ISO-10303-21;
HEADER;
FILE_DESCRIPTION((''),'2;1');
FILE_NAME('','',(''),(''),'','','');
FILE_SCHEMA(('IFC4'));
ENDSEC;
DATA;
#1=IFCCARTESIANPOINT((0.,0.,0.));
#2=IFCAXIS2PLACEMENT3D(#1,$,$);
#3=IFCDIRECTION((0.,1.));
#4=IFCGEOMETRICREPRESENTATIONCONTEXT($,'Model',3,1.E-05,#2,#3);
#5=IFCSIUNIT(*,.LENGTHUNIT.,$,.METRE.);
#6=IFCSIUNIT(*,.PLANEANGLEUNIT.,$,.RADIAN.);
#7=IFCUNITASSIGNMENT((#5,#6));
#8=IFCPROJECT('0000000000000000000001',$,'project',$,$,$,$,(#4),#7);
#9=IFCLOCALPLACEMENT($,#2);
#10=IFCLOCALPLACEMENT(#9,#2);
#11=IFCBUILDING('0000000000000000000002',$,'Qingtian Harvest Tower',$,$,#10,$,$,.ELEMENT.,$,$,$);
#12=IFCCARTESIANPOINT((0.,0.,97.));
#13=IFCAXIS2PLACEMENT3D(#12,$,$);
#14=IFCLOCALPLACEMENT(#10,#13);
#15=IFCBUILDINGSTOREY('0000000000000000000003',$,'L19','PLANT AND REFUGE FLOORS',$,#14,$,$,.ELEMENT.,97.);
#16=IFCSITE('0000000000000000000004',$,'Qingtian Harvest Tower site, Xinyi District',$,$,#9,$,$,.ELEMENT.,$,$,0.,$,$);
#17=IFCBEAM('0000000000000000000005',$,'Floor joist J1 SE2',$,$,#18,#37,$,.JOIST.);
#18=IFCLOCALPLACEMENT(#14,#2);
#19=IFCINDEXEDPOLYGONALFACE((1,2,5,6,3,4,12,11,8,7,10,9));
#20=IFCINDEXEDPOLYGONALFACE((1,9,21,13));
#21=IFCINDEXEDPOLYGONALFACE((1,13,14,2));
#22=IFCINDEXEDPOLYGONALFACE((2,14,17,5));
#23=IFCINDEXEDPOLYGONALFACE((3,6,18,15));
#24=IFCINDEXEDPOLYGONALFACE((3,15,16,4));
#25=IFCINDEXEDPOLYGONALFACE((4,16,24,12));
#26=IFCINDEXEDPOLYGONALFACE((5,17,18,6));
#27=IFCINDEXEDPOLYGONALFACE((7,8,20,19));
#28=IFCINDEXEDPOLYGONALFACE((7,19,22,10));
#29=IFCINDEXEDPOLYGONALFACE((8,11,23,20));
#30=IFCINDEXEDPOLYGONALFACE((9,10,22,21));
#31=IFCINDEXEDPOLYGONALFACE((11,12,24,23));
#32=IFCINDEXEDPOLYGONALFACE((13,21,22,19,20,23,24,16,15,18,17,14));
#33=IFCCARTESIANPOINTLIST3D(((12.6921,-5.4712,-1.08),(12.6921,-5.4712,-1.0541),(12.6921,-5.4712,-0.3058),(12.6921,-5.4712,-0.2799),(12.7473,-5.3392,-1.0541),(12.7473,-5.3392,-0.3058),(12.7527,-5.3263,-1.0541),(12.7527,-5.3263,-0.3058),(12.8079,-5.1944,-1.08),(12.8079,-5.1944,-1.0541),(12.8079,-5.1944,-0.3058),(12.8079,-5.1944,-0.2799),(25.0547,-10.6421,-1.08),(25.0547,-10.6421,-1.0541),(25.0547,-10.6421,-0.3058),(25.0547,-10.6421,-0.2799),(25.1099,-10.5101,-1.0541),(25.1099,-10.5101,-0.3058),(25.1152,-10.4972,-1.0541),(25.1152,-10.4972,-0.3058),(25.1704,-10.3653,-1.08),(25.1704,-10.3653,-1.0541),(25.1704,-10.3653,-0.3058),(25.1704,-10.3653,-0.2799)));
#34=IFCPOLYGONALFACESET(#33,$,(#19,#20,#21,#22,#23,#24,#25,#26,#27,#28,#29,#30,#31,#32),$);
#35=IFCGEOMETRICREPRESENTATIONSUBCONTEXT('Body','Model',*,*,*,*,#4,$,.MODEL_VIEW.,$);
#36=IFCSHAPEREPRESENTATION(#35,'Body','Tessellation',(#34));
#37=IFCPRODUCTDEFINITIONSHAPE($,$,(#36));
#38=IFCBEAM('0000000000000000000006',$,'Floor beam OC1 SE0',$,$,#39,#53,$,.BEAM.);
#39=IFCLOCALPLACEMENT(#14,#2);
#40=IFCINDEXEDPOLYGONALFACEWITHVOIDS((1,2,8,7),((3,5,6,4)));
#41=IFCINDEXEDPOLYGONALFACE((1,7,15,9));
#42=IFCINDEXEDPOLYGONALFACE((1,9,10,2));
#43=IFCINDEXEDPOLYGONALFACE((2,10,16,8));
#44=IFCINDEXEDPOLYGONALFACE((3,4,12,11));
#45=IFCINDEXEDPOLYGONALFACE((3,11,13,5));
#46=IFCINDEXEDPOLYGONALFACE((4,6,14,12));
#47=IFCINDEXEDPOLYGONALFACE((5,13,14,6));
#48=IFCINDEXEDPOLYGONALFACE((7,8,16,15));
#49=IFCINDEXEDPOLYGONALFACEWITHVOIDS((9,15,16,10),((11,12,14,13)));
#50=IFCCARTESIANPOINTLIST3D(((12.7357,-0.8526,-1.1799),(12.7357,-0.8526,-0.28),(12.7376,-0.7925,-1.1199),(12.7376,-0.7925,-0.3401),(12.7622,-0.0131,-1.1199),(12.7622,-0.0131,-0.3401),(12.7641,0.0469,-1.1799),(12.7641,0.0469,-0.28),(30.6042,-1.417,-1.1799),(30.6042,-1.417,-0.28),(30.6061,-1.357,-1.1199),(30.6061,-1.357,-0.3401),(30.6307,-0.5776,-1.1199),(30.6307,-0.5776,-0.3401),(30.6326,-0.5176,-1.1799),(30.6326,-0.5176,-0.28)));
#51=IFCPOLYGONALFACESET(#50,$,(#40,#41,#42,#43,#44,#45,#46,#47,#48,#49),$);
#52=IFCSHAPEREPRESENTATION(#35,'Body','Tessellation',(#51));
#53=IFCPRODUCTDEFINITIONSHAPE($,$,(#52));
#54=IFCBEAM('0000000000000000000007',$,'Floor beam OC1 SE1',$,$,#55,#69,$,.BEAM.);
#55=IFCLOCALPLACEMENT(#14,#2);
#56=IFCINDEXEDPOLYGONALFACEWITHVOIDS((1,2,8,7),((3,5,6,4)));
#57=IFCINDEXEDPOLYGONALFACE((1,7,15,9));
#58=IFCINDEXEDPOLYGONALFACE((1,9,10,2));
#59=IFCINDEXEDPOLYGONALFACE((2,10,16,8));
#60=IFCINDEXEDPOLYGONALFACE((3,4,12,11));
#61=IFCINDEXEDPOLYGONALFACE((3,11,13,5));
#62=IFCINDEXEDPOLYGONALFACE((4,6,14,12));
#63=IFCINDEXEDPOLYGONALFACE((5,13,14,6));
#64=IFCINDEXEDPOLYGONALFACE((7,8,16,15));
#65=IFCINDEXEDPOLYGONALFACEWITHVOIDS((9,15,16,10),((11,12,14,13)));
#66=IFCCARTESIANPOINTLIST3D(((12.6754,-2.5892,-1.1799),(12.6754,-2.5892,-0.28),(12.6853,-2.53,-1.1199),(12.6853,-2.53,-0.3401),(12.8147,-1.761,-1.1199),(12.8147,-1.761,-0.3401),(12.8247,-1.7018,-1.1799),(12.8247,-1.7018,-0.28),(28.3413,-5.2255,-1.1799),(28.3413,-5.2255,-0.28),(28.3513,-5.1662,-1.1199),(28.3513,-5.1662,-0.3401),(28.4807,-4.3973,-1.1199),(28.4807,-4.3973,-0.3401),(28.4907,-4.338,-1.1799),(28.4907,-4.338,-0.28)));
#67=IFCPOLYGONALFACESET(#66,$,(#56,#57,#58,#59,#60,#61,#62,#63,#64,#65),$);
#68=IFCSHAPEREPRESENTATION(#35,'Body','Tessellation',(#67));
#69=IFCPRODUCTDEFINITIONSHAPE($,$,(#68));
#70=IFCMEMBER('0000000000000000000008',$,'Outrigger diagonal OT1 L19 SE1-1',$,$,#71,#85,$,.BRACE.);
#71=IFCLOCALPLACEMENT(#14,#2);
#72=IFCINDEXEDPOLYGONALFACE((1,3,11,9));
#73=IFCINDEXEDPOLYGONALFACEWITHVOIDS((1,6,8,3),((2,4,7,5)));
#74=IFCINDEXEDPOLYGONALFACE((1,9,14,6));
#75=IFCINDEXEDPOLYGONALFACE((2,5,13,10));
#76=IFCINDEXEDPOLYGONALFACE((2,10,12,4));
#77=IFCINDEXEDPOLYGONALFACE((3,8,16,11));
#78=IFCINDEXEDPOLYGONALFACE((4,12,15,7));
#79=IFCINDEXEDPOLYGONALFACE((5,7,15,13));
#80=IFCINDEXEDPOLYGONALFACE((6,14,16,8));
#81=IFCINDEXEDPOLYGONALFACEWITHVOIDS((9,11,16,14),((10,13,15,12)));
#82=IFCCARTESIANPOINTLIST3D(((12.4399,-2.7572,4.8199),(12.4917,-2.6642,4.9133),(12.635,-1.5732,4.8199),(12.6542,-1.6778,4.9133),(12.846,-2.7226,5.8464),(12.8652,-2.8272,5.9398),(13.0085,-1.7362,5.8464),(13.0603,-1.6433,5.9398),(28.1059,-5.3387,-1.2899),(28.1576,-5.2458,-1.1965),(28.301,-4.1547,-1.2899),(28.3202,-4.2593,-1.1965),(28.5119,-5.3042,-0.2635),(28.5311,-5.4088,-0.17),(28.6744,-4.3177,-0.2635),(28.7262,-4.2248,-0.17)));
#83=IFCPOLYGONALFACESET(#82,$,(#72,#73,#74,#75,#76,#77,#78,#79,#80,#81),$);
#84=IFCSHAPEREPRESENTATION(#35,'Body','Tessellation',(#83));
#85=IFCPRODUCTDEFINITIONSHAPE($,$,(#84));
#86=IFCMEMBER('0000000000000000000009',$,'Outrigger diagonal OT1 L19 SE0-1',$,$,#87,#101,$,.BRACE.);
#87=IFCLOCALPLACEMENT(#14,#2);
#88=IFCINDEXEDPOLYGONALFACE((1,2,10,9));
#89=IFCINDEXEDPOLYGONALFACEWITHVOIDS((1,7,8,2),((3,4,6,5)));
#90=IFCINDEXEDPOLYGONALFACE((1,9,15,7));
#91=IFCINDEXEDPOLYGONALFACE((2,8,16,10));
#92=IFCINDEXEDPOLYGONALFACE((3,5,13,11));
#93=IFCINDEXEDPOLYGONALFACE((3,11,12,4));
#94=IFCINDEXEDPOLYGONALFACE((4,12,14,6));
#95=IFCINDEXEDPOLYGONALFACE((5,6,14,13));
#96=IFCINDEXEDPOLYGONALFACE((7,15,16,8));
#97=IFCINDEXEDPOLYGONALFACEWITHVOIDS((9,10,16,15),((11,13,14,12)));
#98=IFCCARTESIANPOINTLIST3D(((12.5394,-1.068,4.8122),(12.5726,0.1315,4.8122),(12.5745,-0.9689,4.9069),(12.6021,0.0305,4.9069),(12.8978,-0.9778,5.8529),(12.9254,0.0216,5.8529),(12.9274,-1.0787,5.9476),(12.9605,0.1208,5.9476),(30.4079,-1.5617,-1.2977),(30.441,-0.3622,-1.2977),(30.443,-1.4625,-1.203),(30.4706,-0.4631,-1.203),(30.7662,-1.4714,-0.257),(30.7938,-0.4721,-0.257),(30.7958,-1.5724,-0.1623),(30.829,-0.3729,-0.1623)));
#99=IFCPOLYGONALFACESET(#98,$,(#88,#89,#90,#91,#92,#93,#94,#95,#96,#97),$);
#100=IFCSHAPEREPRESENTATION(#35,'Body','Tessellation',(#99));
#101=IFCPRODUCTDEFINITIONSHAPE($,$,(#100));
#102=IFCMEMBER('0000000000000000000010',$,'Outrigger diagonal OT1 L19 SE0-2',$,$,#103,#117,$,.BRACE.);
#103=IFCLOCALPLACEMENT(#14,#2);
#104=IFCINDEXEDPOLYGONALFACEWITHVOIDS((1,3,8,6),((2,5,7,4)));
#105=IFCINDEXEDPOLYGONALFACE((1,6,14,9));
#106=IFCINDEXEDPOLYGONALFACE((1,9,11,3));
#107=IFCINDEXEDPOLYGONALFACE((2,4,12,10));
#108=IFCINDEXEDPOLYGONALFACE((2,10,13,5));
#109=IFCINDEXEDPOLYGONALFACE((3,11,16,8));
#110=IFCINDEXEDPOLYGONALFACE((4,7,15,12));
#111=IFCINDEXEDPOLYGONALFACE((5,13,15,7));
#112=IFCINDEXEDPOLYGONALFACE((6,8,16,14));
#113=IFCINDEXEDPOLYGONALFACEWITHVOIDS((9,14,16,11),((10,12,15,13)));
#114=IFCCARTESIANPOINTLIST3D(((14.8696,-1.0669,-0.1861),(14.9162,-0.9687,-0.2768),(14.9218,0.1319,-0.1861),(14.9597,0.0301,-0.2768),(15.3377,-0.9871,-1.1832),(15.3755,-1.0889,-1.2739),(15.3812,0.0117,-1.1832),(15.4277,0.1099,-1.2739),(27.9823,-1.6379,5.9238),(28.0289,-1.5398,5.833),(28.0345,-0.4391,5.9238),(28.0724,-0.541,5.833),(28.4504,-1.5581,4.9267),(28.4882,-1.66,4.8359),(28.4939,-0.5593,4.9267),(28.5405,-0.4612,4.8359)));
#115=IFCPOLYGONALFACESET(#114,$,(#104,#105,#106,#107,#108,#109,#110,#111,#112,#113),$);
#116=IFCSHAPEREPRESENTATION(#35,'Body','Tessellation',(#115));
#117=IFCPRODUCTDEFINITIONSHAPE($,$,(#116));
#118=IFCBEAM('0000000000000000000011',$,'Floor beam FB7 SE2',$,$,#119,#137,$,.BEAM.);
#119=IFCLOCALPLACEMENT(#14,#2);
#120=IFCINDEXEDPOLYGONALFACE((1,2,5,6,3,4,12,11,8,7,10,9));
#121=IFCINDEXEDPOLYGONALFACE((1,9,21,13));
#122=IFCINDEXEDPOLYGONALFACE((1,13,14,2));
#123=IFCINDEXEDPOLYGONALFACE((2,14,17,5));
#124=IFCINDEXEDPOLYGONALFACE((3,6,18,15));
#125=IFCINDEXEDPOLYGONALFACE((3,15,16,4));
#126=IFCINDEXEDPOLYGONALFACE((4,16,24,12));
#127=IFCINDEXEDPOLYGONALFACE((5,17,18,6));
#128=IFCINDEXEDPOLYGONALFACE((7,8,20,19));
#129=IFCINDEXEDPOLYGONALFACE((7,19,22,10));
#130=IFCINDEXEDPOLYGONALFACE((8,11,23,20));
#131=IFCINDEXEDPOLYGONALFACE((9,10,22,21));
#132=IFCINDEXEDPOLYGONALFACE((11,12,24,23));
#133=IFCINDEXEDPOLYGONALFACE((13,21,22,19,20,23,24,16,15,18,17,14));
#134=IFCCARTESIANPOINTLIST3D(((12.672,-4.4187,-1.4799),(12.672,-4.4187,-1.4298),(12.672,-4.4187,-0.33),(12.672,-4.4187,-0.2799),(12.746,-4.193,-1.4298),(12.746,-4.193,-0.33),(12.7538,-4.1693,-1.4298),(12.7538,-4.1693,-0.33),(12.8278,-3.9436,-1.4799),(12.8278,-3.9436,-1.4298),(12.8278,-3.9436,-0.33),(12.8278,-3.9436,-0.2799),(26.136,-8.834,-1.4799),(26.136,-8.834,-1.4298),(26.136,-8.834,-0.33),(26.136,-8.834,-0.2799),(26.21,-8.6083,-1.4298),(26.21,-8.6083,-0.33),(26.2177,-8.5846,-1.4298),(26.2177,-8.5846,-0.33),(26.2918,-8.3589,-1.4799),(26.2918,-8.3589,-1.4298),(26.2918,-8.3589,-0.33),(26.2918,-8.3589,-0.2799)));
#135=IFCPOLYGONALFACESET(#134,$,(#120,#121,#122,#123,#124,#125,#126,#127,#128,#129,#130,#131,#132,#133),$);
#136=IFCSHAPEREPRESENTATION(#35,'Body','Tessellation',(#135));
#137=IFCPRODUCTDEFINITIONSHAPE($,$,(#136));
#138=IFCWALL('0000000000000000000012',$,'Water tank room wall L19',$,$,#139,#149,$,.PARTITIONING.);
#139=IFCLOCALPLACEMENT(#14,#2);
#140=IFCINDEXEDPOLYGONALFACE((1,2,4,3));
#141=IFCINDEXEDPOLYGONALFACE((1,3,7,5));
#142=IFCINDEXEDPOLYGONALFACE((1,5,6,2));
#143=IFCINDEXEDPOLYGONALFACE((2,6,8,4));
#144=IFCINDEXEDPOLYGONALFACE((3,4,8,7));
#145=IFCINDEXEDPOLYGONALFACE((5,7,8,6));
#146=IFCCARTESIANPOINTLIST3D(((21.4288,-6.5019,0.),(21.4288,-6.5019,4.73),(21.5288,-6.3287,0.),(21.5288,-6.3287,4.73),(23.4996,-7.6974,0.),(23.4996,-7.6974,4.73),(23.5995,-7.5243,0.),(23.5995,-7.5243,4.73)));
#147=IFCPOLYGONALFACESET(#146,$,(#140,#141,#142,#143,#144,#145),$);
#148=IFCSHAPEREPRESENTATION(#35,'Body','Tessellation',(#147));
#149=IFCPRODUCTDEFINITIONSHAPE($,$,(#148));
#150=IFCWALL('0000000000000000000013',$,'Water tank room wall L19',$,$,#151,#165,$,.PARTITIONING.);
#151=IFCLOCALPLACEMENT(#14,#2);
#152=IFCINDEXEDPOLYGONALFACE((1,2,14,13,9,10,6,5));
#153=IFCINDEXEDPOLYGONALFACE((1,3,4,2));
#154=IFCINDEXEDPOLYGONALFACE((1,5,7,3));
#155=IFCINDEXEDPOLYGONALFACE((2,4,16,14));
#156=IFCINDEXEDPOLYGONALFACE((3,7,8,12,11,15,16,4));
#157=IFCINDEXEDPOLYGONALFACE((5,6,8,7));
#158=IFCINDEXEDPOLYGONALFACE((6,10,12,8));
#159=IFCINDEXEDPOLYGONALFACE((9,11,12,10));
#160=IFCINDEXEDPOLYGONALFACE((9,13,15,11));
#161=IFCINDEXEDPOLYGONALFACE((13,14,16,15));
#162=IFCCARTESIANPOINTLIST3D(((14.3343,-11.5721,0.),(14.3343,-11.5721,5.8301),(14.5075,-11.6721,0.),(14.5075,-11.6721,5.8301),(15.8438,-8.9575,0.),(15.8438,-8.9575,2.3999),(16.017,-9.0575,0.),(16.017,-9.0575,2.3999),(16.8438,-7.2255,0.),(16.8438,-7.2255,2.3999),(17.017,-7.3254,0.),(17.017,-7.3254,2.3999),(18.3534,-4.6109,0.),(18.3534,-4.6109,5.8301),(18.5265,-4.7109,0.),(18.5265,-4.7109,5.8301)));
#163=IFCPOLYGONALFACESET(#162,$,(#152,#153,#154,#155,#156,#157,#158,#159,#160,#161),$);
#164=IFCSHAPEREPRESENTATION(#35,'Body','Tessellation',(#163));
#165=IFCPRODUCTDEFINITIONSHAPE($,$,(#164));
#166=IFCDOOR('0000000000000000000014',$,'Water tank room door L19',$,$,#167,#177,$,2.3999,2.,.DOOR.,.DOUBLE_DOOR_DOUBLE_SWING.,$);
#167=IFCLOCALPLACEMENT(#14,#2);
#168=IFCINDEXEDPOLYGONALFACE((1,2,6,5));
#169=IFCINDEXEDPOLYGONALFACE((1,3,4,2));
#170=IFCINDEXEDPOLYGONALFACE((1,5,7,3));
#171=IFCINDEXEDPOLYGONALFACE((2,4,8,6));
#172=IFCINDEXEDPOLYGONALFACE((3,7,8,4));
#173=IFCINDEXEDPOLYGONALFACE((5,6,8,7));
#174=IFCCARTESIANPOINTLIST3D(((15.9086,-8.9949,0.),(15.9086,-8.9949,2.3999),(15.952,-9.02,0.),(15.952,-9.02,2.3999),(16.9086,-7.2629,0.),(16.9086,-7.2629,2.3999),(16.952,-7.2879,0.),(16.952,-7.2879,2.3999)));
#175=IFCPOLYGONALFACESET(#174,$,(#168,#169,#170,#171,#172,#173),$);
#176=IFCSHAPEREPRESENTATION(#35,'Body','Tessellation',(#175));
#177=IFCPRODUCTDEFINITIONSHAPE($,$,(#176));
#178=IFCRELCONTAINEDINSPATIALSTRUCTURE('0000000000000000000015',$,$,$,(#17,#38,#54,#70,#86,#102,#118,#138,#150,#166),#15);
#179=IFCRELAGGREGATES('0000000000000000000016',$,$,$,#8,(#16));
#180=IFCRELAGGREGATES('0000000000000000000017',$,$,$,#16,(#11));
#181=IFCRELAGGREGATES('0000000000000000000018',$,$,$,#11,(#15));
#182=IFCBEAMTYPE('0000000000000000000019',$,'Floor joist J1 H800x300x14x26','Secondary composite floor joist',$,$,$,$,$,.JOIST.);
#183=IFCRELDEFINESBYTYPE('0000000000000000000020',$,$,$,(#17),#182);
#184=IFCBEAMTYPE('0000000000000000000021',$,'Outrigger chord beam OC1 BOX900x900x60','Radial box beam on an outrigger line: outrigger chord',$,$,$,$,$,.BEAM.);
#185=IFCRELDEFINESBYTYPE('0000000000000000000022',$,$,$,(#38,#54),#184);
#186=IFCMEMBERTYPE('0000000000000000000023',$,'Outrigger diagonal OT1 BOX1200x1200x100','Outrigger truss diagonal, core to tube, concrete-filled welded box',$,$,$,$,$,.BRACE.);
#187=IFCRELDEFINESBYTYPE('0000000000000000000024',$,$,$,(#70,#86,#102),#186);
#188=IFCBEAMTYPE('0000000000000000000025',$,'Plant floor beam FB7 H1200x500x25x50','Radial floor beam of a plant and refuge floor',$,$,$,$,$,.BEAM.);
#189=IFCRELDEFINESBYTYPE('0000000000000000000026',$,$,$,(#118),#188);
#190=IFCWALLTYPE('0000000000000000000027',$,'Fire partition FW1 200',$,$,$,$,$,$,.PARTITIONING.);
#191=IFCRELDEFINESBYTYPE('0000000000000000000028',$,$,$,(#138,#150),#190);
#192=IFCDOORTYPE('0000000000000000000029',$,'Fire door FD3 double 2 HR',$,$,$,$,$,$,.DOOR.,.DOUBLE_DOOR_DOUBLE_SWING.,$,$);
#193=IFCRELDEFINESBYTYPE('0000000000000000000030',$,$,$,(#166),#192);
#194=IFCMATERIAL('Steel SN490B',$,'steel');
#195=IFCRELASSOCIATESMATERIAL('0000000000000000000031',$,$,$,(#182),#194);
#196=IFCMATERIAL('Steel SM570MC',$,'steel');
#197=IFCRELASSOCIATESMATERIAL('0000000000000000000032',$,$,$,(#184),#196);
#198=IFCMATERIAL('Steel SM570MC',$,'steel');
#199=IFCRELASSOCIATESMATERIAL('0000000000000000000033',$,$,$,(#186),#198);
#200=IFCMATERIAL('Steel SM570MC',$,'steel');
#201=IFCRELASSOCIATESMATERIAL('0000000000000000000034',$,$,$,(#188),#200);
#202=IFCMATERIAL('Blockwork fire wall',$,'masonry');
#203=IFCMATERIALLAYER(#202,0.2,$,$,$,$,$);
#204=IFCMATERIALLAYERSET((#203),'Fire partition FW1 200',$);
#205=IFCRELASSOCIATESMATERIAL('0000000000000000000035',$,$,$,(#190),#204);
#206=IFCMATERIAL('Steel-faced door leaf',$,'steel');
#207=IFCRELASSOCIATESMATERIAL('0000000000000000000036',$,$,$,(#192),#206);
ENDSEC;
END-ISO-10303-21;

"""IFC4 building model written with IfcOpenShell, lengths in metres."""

from ifc_helpers import new_model, si_unit, direction, frame, frame_2d, origin, origin_2d, place, context, subcontext, project, spatial, rectangle, hollow_rectangle, i_section, extrude, material, layer, layer_set, material_profile, profile_set, type_object, element, fill, save


model = new_model("IFC4")

# Units and contexts
model_context = context("Model", 3, precision=1e-05, world=origin(), true_north=direction((0.0, 1.0)))
body_context = subcontext(model_context, "Body", "Model", "MODEL_VIEW")
ifc_project = project(units=[si_unit("LENGTHUNIT", "METRE"), si_unit("PLANEANGLEUNIT", "RADIAN")], contexts=[model_context])

# Site, building, storey
site_placement = place(None, origin())
site = spatial("IfcSite", under=ifc_project, at=site_placement, Name="Qingtian Harvest Tower site, Xinyi District", CompositionType="ELEMENT", RefElevation=0.0)
building_placement = place(site_placement, origin())
building = spatial("IfcBuilding", under=site, at=building_placement, Name="Qingtian Harvest Tower", CompositionType="ELEMENT")
storey_placement = place(building_placement, frame((0.0, 0.0, 97.0)))
storey = spatial("IfcBuildingStorey", under=building, at=storey_placement, Name="L19", Description="PLANT AND REFUGE FLOORS", CompositionType="ELEMENT", Elevation=97.0)

# Beams
ifc_material_1 = material(Name="Steel SN490B", Category="steel")
ifc_material_profile_1 = material_profile(ifc_material_1, i_section(OverallWidth=0.3, OverallDepth=0.8, WebThickness=0.0139, FlangeThickness=0.0259, at=origin_2d()), Name="H800x300x14x26")
ifc_profile_set_1 = profile_set([ifc_material_profile_1], Name="Steel SN490B")
beam_type_1 = type_object("IfcBeamType", Name="Floor joist J1 H800x300x14x26", Description="Secondary composite floor joist", PredefinedType="JOIST", material=ifc_profile_set_1)
beam_1_placement = place(storey_placement, frame((25.1125, -10.5037, -0.6799), z_axis=(-0.922551, 0.385876, 0.0), x_axis=(-0.385876, -0.922551, 0.0)))
element("IfcBeam", 1, at=beam_1_placement, inside=storey, type_object=beam_type_1, Name="Floor joist J1 SE2", PredefinedType="JOIST", context=body_context, shape_type="SweptSolid", body=[
    extrude(i_section(OverallWidth=0.3, OverallDepth=0.8, WebThickness=0.0139, FlangeThickness=0.0259, at=origin_2d()), origin(), (0.0, 0.0, 1.0), 13.4004),
])
ifc_material_2 = material(Name="Steel SM570MC", Category="steel")
ifc_material_profile_2 = material_profile(ifc_material_2, hollow_rectangle(XDim=0.8999, YDim=0.8999, WallThickness=0.0601, at=origin_2d()), Name="BOX900x900x60")
ifc_profile_set_2 = profile_set([ifc_material_profile_2], Name="Steel SM570MC")
beam_type_2 = type_object("IfcBeamType", Name="Outrigger chord beam OC1 BOX900x900x60", Description="Radial box beam on an outrigger line: outrigger chord", PredefinedType="BEAM", material=ifc_profile_set_2)
beam_2_placement = place(storey_placement, frame((30.6184, -0.9673, -0.73), z_axis=(-0.999501, 0.031574, 0.0), x_axis=(-0.031574, -0.999501, 0.0)))
element("IfcBeam", 2, at=beam_2_placement, inside=storey, type_object=beam_type_2, Name="Floor beam OC1 SE0", PredefinedType="BEAM", context=body_context, shape_type="SweptSolid", body=[
    extrude(hollow_rectangle(XDim=0.8999, YDim=0.8999, WallThickness=0.0601, at=origin_2d()), origin(), (0.0, 0.0, 1.0), 17.8774),
])
beam_3_placement = place(storey_placement, frame((28.416, -4.7817, -0.73), z_axis=(-0.986135, 0.165944, 0.0), x_axis=(-0.165944, -0.986135, 0.0)))
element("IfcBeam", 3, at=beam_3_placement, inside=storey, type_object=beam_type_2, Name="Floor beam OC1 SE1", PredefinedType="BEAM", context=body_context, shape_type="SweptSolid", body=[
    extrude(hollow_rectangle(XDim=0.8999, YDim=0.8999, WallThickness=0.0601, at=origin_2d()), origin(), (0.0, 0.0, 1.0), 15.8862),
])

# Members
ifc_material_3 = material(Name="Steel SM570MC", Category="steel")
ifc_material_profile_3 = material_profile(ifc_material_3, hollow_rectangle(XDim=1.2, YDim=1.2, WallThickness=0.1001, at=origin_2d()), Name="BOX1200x1200x100")
ifc_profile_set_3 = profile_set([ifc_material_profile_3], Name="Steel SM570MC")
member_type_1 = type_object("IfcMemberType", Name="Outrigger diagonal OT1 BOX1200x1200x100", Description="Outrigger truss diagonal, core to tube, concrete-filled welded box", PredefinedType="BRACE", material=ifc_profile_set_3)
member_1_placement = place(storey_placement, frame((28.416, -4.7817, -0.73), z_axis=(-0.920863, 0.151746, 0.359144), x_axis=(-0.162593, -0.986693, 0.0)))
element("IfcMember", 4, at=member_1_placement, inside=storey, type_object=member_type_1, Name="Outrigger diagonal OT1 L19 SE1-1", PredefinedType="BRACE", context=body_context, shape_type="SweptSolid", body=[
    extrude(hollow_rectangle(XDim=1.2, YDim=1.2, WallThickness=0.1001, at=origin_2d()), origin(), (0.0, 0.0, 1.0), 17.0122),
])
member_2_placement = place(storey_placement, frame((30.6184, -0.9673, -0.73), z_axis=(-0.94589, 0.026132, 0.323434), x_axis=(-0.027617, -0.999619, 0.0)))
element("IfcMember", 5, at=member_2_placement, inside=storey, type_object=member_type_1, Name="Outrigger diagonal OT1 L19 SE0-1", PredefinedType="BRACE", context=body_context, shape_type="SweptSolid", body=[
    extrude(hollow_rectangle(XDim=1.2, YDim=1.2, WallThickness=0.1001, at=origin_2d()), origin(), (0.0, 0.0, 1.0), 18.8906),
])
member_3_placement = place(storey_placement, frame((15.1487, -0.4785, -0.73), z_axis=(0.905728, -0.039443, 0.422021), x_axis=(0.043507, 0.999053, 0.0)))
element("IfcMember", 6, at=member_3_placement, inside=storey, type_object=member_type_1, Name="Outrigger diagonal OT1 L19 SE0-2", PredefinedType="BRACE", context=body_context, shape_type="SweptSolid", body=[
    extrude(hollow_rectangle(XDim=1.2, YDim=1.2, WallThickness=0.1001, at=origin_2d()), origin(), (0.0, 0.0, 1.0), 14.4775),
])

# Beam
ifc_material_4 = material(Name="Steel SM570MC", Category="steel")
ifc_material_profile_4 = material_profile(ifc_material_4, i_section(OverallWidth=0.5, OverallDepth=1.2, WebThickness=0.0249, FlangeThickness=0.05, at=origin_2d()), Name="H1200x500x25x50")
ifc_profile_set_4 = profile_set([ifc_material_profile_4], Name="Steel SM570MC")
beam_type_3 = type_object("IfcBeamType", Name="Plant floor beam FB7 H1200x500x25x50", Description="Radial floor beam of a plant and refuge floor", PredefinedType="BEAM", material=ifc_profile_set_4)
beam_4_placement = place(storey_placement, frame((26.2139, -8.5964, -0.8799), z_axis=(-0.950211, 0.311608, 0.0), x_axis=(-0.311608, -0.950211, 0.0)))
element("IfcBeam", 7, at=beam_4_placement, inside=storey, type_object=beam_type_3, Name="Floor beam FB7 SE2", PredefinedType="BEAM", context=body_context, shape_type="SweptSolid", body=[
    extrude(i_section(OverallWidth=0.5, OverallDepth=1.2, WebThickness=0.0249, FlangeThickness=0.05, at=origin_2d()), origin(), (0.0, 0.0, 1.0), 14.1694),
])

# Wall
ifc_material_5 = material(Name="Blockwork fire wall", Category="masonry")
ifc_layer_1 = layer(ifc_material_5, 0.2)
ifc_layer_set_1 = layer_set([ifc_layer_1], Name="Fire partition FW1 200")
wall_type = type_object("IfcWallType", Name="Fire partition FW1 200", PredefinedType="PARTITIONING", material=ifc_layer_set_1)
wall_1_placement = place(storey_placement, frame((23.5496, -7.6108, 0.0), z_axis=(0.0, 0.0, 1.0), x_axis=(-0.866029, 0.499993, 0.0)))
element("IfcWall", 8, at=wall_1_placement, inside=storey, type_object=wall_type, Name="Water tank room wall L19", PredefinedType="PARTITIONING", context=body_context, shape_type="SweptSolid", body=[
    extrude(rectangle(XDim=2.3911, YDim=0.2, at=frame_2d((1.1956, 0.0))), origin(), (0.0, 0.0, 1.0), 4.73),
])

# Wall, opening, door
wall_2_placement = place(storey_placement, frame((18.4399, -4.6609, 0.0), z_axis=(0.0, 0.0, 1.0), x_axis=(-0.5, -0.866025, 0.0)))
wall_2 = element("IfcWall", 9, at=wall_2_placement, inside=storey, type_object=wall_type, Name="Water tank room wall L19", PredefinedType="PARTITIONING", context=body_context, shape_type="SweptSolid", body=[
    extrude(rectangle(XDim=8.0381, YDim=0.2, at=frame_2d((4.019, 0.0))), origin(), (0.0, 0.0, 1.0), 5.8301),
])
opening_placement = place(wall_2_placement, frame((3.019, 0.0, 0.0)))
opening = element("IfcOpeningElement", 10, at=opening_placement, cuts=wall_2, PredefinedType="OPENING", context=body_context, shape_type="SweptSolid", body=[
    extrude(rectangle(XDim=2.0, YDim=2.3999, at=frame_2d((1.0, 1.2))), frame((0.0, 0.1099, 0.0), z_axis=(0.0, -1.0, 0.0), x_axis=(1.0, 0.0, 0.0)), (0.0, 0.0, 1.0), 0.22),
])
ifc_material_6 = material(Name="Steel-faced door leaf", Category="steel")
door_type = type_object("IfcDoorType", Name="Fire door FD3 double 2 HR", OperationType="DOUBLE_DOOR_DOUBLE_SWING", PredefinedType="DOOR", material=ifc_material_6)
door_placement = place(opening_placement, origin())
door = element("IfcDoor", 11, at=door_placement, inside=storey, type_object=door_type, Name="Water tank room door L19", OperationType="DOUBLE_DOOR_DOUBLE_SWING", OverallHeight=2.3999, OverallWidth=2.0, PredefinedType="DOOR", context=body_context, shape_type="SweptSolid", body=[
    extrude(rectangle(XDim=2.0, YDim=2.3999, at=frame_2d((1.0, 1.2))), frame((0.0, 0.0249, 0.0), z_axis=(0.0, -1.0, 0.0), x_axis=(1.0, 0.0, 0.0)), (0.0, 0.0, 1.0), 0.05),
])
fill(opening, door)

save(model, "model.ifc")
